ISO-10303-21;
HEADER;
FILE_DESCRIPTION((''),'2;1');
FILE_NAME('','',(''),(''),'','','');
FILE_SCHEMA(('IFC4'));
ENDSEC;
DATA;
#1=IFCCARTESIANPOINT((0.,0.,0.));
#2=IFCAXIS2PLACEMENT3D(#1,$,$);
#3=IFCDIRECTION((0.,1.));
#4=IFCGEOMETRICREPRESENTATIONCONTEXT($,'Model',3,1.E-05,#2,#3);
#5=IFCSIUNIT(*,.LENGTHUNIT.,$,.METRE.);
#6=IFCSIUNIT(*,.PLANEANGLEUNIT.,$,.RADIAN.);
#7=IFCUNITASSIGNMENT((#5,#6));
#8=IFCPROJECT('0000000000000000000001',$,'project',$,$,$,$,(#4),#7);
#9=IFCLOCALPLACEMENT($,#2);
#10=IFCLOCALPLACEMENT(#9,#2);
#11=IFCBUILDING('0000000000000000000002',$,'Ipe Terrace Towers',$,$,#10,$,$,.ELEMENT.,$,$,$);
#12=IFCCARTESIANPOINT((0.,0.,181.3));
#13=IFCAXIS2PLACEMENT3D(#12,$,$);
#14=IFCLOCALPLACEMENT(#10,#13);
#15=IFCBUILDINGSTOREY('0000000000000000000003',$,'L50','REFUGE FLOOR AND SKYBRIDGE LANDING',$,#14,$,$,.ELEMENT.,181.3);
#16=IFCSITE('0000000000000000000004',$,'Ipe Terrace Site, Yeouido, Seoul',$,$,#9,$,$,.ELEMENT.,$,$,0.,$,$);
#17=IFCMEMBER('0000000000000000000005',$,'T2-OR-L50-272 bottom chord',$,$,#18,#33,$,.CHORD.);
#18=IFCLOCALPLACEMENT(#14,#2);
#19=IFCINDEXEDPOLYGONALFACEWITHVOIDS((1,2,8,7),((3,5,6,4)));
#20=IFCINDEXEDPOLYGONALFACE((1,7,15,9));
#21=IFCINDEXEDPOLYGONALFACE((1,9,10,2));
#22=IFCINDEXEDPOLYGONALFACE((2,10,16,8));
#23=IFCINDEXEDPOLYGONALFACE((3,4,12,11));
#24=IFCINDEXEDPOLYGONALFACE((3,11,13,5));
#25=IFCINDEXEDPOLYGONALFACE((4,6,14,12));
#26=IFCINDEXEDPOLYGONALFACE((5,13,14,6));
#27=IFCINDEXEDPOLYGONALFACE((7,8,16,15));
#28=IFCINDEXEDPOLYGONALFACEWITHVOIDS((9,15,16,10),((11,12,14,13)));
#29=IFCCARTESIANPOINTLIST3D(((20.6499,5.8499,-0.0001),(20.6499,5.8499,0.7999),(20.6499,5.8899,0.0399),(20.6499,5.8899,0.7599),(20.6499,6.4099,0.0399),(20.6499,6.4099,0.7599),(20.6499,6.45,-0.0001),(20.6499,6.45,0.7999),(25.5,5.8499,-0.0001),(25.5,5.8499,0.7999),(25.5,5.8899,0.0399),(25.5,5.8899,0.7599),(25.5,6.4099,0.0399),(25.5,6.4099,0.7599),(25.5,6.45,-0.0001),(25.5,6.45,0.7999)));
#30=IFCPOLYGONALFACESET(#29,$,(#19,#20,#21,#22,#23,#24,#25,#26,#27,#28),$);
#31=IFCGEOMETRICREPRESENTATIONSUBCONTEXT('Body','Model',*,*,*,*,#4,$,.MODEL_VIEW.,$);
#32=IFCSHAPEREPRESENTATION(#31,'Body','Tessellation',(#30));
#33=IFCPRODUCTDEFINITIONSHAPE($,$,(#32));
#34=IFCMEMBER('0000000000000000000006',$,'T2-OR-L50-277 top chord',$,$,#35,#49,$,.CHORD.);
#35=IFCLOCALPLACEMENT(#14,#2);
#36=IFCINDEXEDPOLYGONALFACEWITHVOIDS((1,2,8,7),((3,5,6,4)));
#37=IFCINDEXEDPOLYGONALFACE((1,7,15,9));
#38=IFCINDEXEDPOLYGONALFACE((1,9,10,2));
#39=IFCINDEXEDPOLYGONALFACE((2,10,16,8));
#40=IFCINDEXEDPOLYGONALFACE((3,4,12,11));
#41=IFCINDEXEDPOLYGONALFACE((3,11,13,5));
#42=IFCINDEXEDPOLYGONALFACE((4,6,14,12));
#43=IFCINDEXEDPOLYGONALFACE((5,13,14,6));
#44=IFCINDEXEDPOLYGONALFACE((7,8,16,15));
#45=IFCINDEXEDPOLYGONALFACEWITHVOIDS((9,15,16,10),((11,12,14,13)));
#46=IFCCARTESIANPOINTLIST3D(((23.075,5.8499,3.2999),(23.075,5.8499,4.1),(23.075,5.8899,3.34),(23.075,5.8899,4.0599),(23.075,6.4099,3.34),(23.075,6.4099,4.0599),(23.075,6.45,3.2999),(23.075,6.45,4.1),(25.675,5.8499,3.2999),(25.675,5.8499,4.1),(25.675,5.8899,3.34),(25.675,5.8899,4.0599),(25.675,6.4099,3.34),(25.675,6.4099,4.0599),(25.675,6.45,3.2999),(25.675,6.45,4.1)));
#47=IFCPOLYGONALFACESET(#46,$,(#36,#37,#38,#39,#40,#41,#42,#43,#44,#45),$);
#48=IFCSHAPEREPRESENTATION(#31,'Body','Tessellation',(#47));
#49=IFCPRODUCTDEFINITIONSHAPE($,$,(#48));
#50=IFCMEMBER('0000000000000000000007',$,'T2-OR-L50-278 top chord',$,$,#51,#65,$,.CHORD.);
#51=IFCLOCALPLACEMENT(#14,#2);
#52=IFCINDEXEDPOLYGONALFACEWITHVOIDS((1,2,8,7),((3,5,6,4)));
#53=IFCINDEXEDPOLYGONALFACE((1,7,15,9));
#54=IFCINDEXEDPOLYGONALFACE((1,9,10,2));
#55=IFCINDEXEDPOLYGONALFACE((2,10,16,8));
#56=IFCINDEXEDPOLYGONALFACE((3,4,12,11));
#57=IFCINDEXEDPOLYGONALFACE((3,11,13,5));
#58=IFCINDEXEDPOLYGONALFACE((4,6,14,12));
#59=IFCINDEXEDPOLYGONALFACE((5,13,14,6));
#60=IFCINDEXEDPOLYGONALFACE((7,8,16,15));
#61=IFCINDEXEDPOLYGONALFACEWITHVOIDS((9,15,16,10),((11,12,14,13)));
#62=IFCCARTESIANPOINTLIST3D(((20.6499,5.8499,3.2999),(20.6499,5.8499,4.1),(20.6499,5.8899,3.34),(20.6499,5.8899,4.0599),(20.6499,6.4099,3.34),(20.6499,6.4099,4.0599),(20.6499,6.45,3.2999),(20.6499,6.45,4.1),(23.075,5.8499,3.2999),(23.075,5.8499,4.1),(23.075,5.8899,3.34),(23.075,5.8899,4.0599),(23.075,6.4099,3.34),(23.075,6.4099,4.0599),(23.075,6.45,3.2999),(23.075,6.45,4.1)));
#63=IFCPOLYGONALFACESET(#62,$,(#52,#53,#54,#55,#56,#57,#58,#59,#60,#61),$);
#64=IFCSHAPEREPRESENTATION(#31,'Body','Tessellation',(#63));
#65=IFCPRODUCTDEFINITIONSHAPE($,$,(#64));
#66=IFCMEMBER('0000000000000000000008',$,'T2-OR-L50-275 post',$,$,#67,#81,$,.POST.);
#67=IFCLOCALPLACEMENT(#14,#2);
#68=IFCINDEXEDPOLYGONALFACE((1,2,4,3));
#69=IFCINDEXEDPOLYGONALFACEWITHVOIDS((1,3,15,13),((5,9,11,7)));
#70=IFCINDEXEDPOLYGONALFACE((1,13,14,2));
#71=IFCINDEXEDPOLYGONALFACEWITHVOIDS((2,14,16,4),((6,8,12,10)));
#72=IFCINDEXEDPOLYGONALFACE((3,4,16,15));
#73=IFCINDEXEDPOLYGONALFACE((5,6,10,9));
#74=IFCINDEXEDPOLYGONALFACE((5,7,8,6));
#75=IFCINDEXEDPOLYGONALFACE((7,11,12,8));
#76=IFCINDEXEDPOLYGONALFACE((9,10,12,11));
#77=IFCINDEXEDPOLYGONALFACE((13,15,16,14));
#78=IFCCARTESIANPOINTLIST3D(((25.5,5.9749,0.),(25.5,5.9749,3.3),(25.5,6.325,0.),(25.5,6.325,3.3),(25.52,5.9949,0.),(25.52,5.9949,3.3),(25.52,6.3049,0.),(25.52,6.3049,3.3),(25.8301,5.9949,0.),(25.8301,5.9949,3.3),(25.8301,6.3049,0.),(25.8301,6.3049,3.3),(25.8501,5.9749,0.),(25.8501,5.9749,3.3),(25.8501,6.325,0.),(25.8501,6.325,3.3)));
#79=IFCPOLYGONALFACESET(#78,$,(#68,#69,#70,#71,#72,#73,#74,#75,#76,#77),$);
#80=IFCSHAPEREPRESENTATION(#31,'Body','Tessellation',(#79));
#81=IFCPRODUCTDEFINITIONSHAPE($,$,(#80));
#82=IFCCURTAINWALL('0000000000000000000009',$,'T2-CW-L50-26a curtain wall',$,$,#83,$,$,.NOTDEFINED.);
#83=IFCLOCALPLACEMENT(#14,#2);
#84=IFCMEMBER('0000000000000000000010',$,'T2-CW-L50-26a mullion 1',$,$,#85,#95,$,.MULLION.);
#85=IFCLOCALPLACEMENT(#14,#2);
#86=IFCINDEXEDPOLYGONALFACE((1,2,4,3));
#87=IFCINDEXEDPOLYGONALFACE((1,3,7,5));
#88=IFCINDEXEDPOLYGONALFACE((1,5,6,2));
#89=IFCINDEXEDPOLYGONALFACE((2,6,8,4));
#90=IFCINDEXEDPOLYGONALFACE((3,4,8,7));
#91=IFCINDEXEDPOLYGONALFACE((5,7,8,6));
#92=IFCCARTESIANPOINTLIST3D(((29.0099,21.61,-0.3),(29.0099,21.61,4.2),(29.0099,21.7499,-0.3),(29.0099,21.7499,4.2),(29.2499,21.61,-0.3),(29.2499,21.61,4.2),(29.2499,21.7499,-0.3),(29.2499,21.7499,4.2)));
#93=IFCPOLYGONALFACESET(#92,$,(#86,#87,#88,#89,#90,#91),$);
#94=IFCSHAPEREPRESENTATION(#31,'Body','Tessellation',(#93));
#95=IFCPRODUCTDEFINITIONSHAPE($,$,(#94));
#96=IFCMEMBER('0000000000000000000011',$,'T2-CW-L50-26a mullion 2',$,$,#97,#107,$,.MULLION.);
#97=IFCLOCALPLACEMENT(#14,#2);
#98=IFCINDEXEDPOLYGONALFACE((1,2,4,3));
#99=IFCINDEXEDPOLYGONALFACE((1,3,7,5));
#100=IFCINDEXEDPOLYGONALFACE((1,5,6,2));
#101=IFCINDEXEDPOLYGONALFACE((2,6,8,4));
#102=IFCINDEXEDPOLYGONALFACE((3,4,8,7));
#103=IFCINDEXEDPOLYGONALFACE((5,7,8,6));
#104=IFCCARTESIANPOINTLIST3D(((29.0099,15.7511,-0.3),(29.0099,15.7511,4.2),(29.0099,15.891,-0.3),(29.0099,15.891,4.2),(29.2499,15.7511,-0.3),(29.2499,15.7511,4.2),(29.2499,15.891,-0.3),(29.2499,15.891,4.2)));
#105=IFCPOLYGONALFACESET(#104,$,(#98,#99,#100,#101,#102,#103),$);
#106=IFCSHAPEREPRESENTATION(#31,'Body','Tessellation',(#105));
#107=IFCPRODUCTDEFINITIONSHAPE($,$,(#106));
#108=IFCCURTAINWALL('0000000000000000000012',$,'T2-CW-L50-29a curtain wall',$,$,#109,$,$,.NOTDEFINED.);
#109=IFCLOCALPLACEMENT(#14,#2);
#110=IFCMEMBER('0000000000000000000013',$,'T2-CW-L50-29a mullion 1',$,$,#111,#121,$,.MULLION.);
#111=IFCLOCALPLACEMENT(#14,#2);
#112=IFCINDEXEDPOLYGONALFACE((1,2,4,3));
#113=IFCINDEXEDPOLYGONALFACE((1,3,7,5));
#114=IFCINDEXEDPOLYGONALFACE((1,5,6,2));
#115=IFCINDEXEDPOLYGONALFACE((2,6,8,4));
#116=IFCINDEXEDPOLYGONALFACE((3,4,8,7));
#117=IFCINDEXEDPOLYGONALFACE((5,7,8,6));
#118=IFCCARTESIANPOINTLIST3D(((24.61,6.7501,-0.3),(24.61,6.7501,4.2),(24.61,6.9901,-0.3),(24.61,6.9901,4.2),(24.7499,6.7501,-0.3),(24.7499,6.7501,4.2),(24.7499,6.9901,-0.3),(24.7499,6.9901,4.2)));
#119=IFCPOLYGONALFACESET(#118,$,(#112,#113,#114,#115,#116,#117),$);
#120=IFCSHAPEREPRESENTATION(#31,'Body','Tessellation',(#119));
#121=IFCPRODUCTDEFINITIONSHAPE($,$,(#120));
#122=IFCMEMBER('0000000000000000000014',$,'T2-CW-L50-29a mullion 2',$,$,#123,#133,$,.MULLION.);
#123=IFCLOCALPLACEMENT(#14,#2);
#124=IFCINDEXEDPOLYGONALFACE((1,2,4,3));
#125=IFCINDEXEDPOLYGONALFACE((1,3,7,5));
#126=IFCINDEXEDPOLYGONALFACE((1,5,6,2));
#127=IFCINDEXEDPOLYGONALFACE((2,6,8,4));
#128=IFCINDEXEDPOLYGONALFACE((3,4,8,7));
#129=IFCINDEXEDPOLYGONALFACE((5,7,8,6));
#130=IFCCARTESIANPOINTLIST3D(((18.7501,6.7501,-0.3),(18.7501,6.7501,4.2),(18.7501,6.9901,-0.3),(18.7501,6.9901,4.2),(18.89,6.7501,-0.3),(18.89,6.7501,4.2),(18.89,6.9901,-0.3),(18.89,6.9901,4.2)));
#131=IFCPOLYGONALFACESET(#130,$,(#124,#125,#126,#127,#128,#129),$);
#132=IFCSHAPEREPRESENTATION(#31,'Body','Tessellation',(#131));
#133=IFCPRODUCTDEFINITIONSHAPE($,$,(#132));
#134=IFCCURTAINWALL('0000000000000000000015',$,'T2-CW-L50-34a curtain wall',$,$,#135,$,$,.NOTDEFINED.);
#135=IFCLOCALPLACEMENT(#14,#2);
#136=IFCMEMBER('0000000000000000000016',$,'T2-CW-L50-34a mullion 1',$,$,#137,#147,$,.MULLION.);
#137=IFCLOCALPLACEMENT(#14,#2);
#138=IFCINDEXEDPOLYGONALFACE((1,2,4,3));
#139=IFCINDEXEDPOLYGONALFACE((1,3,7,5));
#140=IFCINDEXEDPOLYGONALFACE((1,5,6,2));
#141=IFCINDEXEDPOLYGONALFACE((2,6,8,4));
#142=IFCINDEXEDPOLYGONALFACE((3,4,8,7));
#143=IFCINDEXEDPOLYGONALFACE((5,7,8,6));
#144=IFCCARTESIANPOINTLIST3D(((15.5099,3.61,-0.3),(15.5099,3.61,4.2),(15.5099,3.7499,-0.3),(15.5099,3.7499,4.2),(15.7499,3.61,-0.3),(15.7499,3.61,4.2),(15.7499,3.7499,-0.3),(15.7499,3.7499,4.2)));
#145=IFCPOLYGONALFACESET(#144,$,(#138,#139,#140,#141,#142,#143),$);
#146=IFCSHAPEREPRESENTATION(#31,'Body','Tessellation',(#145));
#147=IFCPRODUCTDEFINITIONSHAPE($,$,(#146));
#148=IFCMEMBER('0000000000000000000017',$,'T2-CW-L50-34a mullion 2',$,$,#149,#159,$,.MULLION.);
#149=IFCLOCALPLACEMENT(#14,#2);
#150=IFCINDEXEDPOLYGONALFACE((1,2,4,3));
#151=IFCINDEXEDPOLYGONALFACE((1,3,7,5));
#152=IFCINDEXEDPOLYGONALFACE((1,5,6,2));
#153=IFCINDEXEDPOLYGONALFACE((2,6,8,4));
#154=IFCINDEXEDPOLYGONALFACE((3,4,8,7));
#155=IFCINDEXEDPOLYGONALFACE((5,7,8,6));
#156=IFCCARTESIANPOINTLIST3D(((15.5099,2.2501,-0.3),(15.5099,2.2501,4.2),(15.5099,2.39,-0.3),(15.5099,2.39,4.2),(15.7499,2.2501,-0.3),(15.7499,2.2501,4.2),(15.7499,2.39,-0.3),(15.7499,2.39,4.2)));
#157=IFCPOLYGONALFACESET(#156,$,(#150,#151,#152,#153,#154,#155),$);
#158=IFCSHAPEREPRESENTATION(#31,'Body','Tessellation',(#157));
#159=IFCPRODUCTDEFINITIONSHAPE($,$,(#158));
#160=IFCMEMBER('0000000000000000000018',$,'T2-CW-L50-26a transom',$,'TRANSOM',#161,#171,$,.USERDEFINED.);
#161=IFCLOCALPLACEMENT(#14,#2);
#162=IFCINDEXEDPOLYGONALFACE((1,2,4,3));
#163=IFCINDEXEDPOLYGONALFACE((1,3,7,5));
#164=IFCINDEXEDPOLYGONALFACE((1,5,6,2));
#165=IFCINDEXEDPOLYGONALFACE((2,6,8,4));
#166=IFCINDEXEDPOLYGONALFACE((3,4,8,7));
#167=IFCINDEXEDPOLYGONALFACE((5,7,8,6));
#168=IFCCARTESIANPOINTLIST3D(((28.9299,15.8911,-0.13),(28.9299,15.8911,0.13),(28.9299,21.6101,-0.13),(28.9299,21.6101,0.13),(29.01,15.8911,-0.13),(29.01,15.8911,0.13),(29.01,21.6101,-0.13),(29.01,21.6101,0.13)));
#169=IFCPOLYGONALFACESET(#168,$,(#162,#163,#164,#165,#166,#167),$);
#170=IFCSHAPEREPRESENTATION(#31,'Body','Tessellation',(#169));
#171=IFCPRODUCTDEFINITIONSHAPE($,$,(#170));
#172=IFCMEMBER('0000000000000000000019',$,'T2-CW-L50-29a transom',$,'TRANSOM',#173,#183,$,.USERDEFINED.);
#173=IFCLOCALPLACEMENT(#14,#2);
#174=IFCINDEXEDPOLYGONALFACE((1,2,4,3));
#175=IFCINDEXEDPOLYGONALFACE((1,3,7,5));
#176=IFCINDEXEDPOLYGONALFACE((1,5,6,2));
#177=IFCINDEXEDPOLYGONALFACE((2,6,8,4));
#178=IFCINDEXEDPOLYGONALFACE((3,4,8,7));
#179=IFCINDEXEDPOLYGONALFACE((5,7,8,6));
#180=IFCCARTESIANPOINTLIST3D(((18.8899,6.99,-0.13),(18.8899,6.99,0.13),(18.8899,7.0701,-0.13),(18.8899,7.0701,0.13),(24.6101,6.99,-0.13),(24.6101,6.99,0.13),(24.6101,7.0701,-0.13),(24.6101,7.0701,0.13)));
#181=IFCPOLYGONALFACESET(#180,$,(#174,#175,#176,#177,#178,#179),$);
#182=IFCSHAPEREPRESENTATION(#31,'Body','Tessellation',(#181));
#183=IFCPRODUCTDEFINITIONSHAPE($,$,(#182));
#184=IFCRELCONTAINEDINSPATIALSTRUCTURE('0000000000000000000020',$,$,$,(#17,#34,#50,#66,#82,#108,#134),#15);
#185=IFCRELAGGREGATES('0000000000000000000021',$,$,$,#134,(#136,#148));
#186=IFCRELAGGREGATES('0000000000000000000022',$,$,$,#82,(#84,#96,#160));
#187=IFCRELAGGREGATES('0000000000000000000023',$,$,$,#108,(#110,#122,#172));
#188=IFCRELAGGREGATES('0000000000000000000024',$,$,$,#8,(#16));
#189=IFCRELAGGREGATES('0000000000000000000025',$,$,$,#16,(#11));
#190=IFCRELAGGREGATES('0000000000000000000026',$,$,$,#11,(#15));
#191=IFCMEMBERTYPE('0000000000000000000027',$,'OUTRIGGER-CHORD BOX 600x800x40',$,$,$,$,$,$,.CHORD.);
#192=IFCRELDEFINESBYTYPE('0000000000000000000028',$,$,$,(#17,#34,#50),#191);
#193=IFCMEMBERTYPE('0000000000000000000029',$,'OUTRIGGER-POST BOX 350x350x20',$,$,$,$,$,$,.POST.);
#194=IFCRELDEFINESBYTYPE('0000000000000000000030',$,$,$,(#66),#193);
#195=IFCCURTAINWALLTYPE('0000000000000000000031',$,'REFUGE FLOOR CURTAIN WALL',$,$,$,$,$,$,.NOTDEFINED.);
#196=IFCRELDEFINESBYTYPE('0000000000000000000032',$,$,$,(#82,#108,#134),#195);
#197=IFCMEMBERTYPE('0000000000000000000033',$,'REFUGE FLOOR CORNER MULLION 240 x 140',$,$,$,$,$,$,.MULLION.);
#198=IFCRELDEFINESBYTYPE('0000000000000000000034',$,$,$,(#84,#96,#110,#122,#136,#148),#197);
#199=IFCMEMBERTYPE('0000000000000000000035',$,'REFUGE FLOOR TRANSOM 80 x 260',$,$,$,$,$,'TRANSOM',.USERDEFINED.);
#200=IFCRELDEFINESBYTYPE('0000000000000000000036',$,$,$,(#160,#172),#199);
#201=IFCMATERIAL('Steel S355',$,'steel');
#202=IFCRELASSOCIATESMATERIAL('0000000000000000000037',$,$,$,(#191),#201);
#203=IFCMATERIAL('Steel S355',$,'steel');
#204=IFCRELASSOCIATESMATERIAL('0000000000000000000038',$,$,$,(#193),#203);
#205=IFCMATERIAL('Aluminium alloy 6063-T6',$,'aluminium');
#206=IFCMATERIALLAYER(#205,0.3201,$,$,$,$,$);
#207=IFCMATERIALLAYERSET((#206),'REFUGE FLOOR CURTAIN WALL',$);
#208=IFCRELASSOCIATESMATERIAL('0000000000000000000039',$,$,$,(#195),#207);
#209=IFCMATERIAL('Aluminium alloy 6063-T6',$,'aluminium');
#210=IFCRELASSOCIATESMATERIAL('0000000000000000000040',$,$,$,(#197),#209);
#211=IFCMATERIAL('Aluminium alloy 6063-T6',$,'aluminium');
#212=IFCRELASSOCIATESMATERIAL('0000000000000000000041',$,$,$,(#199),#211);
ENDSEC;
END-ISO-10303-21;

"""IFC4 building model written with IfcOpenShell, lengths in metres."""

from ifc_helpers import new_model, si_unit, direction, frame, origin, origin_2d, place, context, subcontext, project, spatial, rectangle, hollow_rectangle, extrude, material, layer, layer_set, material_profile, profile_set, type_object, element, aggregate, save


model = new_model("IFC4")

# Units and contexts
model_context = context("Model", 3, precision=1e-05, world=origin(), true_north=direction((0.0, 1.0)))
body_context = subcontext(model_context, "Body", "Model", "MODEL_VIEW")
ifc_project = project(units=[si_unit("LENGTHUNIT", "METRE"), si_unit("PLANEANGLEUNIT", "RADIAN")], contexts=[model_context])

# Site, building, storey
site_placement = place(None, origin())
site = spatial("IfcSite", under=ifc_project, at=site_placement, Name="Ipe Terrace Site, Yeouido, Seoul", CompositionType="ELEMENT", RefElevation=0.0)
building_placement = place(site_placement, origin())
building = spatial("IfcBuilding", under=site, at=building_placement, Name="Ipe Terrace Towers", CompositionType="ELEMENT")
storey_placement = place(building_placement, frame((0.0, 0.0, 181.3)))
storey = spatial("IfcBuildingStorey", under=building, at=storey_placement, Name="L50", Description="REFUGE FLOOR AND SKYBRIDGE LANDING", CompositionType="ELEMENT", Elevation=181.3)

# Members
ifc_material_1 = material(Name="Steel S355", Category="steel")
ifc_material_profile_1 = material_profile(ifc_material_1, hollow_rectangle(XDim=0.6001, YDim=0.8, WallThickness=0.04, at=origin_2d()), Name="OUTRIGGER-CHORD BOX 600x800x40")
ifc_profile_set_1 = profile_set([ifc_material_profile_1], Name="Steel S355")
member_type_1 = type_object("IfcMemberType", Name="OUTRIGGER-CHORD BOX 600x800x40", PredefinedType="CHORD", material=ifc_profile_set_1)
member_1_placement = place(storey_placement, frame((25.5, 6.1499, 0.3999), z_axis=(-1.0, 0.0, 0.0), x_axis=(0.0, -1.0, 0.0)))
element("IfcMember", 1, at=member_1_placement, inside=storey, type_object=member_type_1, Name="T2-OR-L50-272 bottom chord", PredefinedType="CHORD", context=body_context, shape_type="SweptSolid", body=[
    extrude(hollow_rectangle(XDim=0.6001, YDim=0.8, WallThickness=0.04, at=origin_2d()), origin(), (0.0, 0.0, 1.0), 4.8501),
])
member_2_placement = place(storey_placement, frame((25.675, 6.1499, 3.7), z_axis=(-1.0, 0.0, 0.0), x_axis=(0.0, -1.0, 0.0)))
element("IfcMember", 2, at=member_2_placement, inside=storey, type_object=member_type_1, Name="T2-OR-L50-277 top chord", PredefinedType="CHORD", context=body_context, shape_type="SweptSolid", body=[
    extrude(hollow_rectangle(XDim=0.6001, YDim=0.8, WallThickness=0.04, at=origin_2d()), origin(), (0.0, 0.0, 1.0), 2.6001),
])
member_3_placement = place(storey_placement, frame((23.075, 6.1499, 3.7), z_axis=(-1.0, 0.0, 0.0), x_axis=(0.0, -1.0, 0.0)))
element("IfcMember", 3, at=member_3_placement, inside=storey, type_object=member_type_1, Name="T2-OR-L50-278 top chord", PredefinedType="CHORD", context=body_context, shape_type="SweptSolid", body=[
    extrude(hollow_rectangle(XDim=0.6001, YDim=0.8, WallThickness=0.04, at=origin_2d()), origin(), (0.0, 0.0, 1.0), 2.425),
])
ifc_material_2 = material(Name="Steel S355", Category="steel")
ifc_material_profile_2 = material_profile(ifc_material_2, hollow_rectangle(XDim=0.3501, YDim=0.3501, WallThickness=0.02, at=origin_2d()), Name="OUTRIGGER-POST BOX 350x350x20")
ifc_profile_set_2 = profile_set([ifc_material_profile_2], Name="Steel S355")
member_type_2 = type_object("IfcMemberType", Name="OUTRIGGER-POST BOX 350x350x20", PredefinedType="POST", material=ifc_profile_set_2)
member_4_placement = place(storey_placement, frame((25.675, 6.1499, 0.0), z_axis=(0.0, 0.0, 1.0), x_axis=(1.0, 0.0, 0.0)))
element("IfcMember", 4, at=member_4_placement, inside=storey, type_object=member_type_2, Name="T2-OR-L50-275 post", PredefinedType="POST", context=body_context, shape_type="SweptSolid", body=[
    extrude(hollow_rectangle(XDim=0.3501, YDim=0.3501, WallThickness=0.02, at=origin_2d()), origin(), (0.0, 0.0, 1.0), 3.3),
])

# Curtain walls, members
ifc_material_3 = material(Name="Aluminium alloy 6063-T6", Category="aluminium")
ifc_layer_1 = layer(ifc_material_3, 0.3201)
ifc_layer_set_1 = layer_set([ifc_layer_1], Name="REFUGE FLOOR CURTAIN WALL")
curtain_wall_type_1 = type_object("IfcCurtainWallType", Name="REFUGE FLOOR CURTAIN WALL", PredefinedType="NOTDEFINED", material=ifc_layer_set_1)
curtain_wall_1_placement = place(storey_placement, origin())
curtain_wall_1 = element("IfcCurtainWall", 5, at=curtain_wall_1_placement, inside=storey, type_object=curtain_wall_type_1, Name="T2-CW-L50-26a curtain wall", PredefinedType="NOTDEFINED")
ifc_material_4 = material(Name="Aluminium alloy 6063-T6", Category="aluminium")
ifc_material_profile_3 = material_profile(ifc_material_4, rectangle(XDim=0.24, YDim=0.1399, at=origin_2d()), Name="REFUGE FLOOR CORNER MULLION 240 x 140")
ifc_profile_set_3 = profile_set([ifc_material_profile_3], Name="Aluminium alloy 6063-T6")
member_type_3 = type_object("IfcMemberType", Name="REFUGE FLOOR CORNER MULLION 240 x 140", PredefinedType="MULLION", material=ifc_profile_set_3)
member_5_placement = place(storey_placement, frame((29.1299, 21.6799, -0.3), z_axis=(0.0, 0.0, 1.0), x_axis=(-1.0, 0.0, 0.0)))
member_5 = element("IfcMember", 6, at=member_5_placement, type_object=member_type_3, Name="T2-CW-L50-26a mullion 1", PredefinedType="MULLION", context=body_context, shape_type="SweptSolid", body=[
    extrude(rectangle(XDim=0.24, YDim=0.1399, at=origin_2d()), origin(), (0.0, 0.0, 1.0), 4.5),
])
member_6_placement = place(storey_placement, frame((29.1299, 15.821, -0.3), z_axis=(0.0, 0.0, 1.0), x_axis=(-1.0, 0.0, 0.0)))
member_6 = element("IfcMember", 7, at=member_6_placement, type_object=member_type_3, Name="T2-CW-L50-26a mullion 2", PredefinedType="MULLION", context=body_context, shape_type="SweptSolid", body=[
    extrude(rectangle(XDim=0.24, YDim=0.1399, at=origin_2d()), origin(), (0.0, 0.0, 1.0), 4.5),
])
curtain_wall_2_placement = place(storey_placement, origin())
curtain_wall_2 = element("IfcCurtainWall", 8, at=curtain_wall_2_placement, inside=storey, type_object=curtain_wall_type_1, Name="T2-CW-L50-29a curtain wall", PredefinedType="NOTDEFINED")
member_7_placement = place(storey_placement, frame((24.6799, 6.8701, -0.3), z_axis=(0.0, 0.0, 1.0), x_axis=(0.0, 1.0, 0.0)))
member_7 = element("IfcMember", 9, at=member_7_placement, type_object=member_type_3, Name="T2-CW-L50-29a mullion 1", PredefinedType="MULLION", context=body_context, shape_type="SweptSolid", body=[
    extrude(rectangle(XDim=0.24, YDim=0.1399, at=origin_2d()), origin(), (0.0, 0.0, 1.0), 4.5),
])
member_8_placement = place(storey_placement, frame((18.8201, 6.8701, -0.3), z_axis=(0.0, 0.0, 1.0), x_axis=(0.0, 1.0, 0.0)))
member_8 = element("IfcMember", 10, at=member_8_placement, type_object=member_type_3, Name="T2-CW-L50-29a mullion 2", PredefinedType="MULLION", context=body_context, shape_type="SweptSolid", body=[
    extrude(rectangle(XDim=0.24, YDim=0.1399, at=origin_2d()), origin(), (0.0, 0.0, 1.0), 4.5),
])
curtain_wall_3_placement = place(storey_placement, origin())
curtain_wall_3 = element("IfcCurtainWall", 11, at=curtain_wall_3_placement, inside=storey, type_object=curtain_wall_type_1, Name="T2-CW-L50-34a curtain wall", PredefinedType="NOTDEFINED")
member_9_placement = place(storey_placement, frame((15.6299, 3.6799, -0.3), z_axis=(0.0, 0.0, 1.0), x_axis=(-1.0, 0.0, 0.0)))
member_9 = element("IfcMember", 12, at=member_9_placement, type_object=member_type_3, Name="T2-CW-L50-34a mullion 1", PredefinedType="MULLION", context=body_context, shape_type="SweptSolid", body=[
    extrude(rectangle(XDim=0.24, YDim=0.1399, at=origin_2d()), origin(), (0.0, 0.0, 1.0), 4.5),
])
member_10_placement = place(storey_placement, frame((15.6299, 2.3201, -0.3), z_axis=(0.0, 0.0, 1.0), x_axis=(-1.0, 0.0, 0.0)))
member_10 = element("IfcMember", 13, at=member_10_placement, type_object=member_type_3, Name="T2-CW-L50-34a mullion 2", PredefinedType="MULLION", context=body_context, shape_type="SweptSolid", body=[
    extrude(rectangle(XDim=0.24, YDim=0.1399, at=origin_2d()), origin(), (0.0, 0.0, 1.0), 4.5),
])

# Members
ifc_material_5 = material(Name="Aluminium alloy 6063-T6", Category="aluminium")
ifc_material_profile_4 = material_profile(ifc_material_5, rectangle(XDim=0.0801, YDim=0.26, at=origin_2d()), Name="REFUGE FLOOR TRANSOM 80 x 260")
ifc_profile_set_4 = profile_set([ifc_material_profile_4], Name="Aluminium alloy 6063-T6")
member_type_4 = type_object("IfcMemberType", Name="REFUGE FLOOR TRANSOM 80 x 260", ElementType="TRANSOM", PredefinedType="USERDEFINED", material=ifc_profile_set_4)
member_11_placement = place(storey_placement, frame((28.97, 21.6101, 0.0), z_axis=(0.0, -1.0, 0.0), x_axis=(-1.0, 0.0, 0.0)))
member_11 = element("IfcMember", 14, at=member_11_placement, type_object=member_type_4, Name="T2-CW-L50-26a transom", ObjectType="TRANSOM", PredefinedType="USERDEFINED", context=body_context, shape_type="SweptSolid", body=[
    extrude(rectangle(XDim=0.0801, YDim=0.26, at=origin_2d()), origin(), (0.0, 0.0, 1.0), 5.719),
])
member_12_placement = place(storey_placement, frame((24.6101, 7.03, 0.0), z_axis=(-1.0, 0.0, 0.0), x_axis=(0.0, 1.0, 0.0)))
member_12 = element("IfcMember", 15, at=member_12_placement, type_object=member_type_4, Name="T2-CW-L50-29a transom", ObjectType="TRANSOM", PredefinedType="USERDEFINED", context=body_context, shape_type="SweptSolid", body=[
    extrude(rectangle(XDim=0.0801, YDim=0.26, at=origin_2d()), origin(), (0.0, 0.0, 1.0), 5.7202),
])

aggregate(curtain_wall_3, [member_9, member_10])
aggregate(curtain_wall_1, [member_5, member_6, member_11])
aggregate(curtain_wall_2, [member_7, member_8, member_12])

save(model, "model.ifc")
